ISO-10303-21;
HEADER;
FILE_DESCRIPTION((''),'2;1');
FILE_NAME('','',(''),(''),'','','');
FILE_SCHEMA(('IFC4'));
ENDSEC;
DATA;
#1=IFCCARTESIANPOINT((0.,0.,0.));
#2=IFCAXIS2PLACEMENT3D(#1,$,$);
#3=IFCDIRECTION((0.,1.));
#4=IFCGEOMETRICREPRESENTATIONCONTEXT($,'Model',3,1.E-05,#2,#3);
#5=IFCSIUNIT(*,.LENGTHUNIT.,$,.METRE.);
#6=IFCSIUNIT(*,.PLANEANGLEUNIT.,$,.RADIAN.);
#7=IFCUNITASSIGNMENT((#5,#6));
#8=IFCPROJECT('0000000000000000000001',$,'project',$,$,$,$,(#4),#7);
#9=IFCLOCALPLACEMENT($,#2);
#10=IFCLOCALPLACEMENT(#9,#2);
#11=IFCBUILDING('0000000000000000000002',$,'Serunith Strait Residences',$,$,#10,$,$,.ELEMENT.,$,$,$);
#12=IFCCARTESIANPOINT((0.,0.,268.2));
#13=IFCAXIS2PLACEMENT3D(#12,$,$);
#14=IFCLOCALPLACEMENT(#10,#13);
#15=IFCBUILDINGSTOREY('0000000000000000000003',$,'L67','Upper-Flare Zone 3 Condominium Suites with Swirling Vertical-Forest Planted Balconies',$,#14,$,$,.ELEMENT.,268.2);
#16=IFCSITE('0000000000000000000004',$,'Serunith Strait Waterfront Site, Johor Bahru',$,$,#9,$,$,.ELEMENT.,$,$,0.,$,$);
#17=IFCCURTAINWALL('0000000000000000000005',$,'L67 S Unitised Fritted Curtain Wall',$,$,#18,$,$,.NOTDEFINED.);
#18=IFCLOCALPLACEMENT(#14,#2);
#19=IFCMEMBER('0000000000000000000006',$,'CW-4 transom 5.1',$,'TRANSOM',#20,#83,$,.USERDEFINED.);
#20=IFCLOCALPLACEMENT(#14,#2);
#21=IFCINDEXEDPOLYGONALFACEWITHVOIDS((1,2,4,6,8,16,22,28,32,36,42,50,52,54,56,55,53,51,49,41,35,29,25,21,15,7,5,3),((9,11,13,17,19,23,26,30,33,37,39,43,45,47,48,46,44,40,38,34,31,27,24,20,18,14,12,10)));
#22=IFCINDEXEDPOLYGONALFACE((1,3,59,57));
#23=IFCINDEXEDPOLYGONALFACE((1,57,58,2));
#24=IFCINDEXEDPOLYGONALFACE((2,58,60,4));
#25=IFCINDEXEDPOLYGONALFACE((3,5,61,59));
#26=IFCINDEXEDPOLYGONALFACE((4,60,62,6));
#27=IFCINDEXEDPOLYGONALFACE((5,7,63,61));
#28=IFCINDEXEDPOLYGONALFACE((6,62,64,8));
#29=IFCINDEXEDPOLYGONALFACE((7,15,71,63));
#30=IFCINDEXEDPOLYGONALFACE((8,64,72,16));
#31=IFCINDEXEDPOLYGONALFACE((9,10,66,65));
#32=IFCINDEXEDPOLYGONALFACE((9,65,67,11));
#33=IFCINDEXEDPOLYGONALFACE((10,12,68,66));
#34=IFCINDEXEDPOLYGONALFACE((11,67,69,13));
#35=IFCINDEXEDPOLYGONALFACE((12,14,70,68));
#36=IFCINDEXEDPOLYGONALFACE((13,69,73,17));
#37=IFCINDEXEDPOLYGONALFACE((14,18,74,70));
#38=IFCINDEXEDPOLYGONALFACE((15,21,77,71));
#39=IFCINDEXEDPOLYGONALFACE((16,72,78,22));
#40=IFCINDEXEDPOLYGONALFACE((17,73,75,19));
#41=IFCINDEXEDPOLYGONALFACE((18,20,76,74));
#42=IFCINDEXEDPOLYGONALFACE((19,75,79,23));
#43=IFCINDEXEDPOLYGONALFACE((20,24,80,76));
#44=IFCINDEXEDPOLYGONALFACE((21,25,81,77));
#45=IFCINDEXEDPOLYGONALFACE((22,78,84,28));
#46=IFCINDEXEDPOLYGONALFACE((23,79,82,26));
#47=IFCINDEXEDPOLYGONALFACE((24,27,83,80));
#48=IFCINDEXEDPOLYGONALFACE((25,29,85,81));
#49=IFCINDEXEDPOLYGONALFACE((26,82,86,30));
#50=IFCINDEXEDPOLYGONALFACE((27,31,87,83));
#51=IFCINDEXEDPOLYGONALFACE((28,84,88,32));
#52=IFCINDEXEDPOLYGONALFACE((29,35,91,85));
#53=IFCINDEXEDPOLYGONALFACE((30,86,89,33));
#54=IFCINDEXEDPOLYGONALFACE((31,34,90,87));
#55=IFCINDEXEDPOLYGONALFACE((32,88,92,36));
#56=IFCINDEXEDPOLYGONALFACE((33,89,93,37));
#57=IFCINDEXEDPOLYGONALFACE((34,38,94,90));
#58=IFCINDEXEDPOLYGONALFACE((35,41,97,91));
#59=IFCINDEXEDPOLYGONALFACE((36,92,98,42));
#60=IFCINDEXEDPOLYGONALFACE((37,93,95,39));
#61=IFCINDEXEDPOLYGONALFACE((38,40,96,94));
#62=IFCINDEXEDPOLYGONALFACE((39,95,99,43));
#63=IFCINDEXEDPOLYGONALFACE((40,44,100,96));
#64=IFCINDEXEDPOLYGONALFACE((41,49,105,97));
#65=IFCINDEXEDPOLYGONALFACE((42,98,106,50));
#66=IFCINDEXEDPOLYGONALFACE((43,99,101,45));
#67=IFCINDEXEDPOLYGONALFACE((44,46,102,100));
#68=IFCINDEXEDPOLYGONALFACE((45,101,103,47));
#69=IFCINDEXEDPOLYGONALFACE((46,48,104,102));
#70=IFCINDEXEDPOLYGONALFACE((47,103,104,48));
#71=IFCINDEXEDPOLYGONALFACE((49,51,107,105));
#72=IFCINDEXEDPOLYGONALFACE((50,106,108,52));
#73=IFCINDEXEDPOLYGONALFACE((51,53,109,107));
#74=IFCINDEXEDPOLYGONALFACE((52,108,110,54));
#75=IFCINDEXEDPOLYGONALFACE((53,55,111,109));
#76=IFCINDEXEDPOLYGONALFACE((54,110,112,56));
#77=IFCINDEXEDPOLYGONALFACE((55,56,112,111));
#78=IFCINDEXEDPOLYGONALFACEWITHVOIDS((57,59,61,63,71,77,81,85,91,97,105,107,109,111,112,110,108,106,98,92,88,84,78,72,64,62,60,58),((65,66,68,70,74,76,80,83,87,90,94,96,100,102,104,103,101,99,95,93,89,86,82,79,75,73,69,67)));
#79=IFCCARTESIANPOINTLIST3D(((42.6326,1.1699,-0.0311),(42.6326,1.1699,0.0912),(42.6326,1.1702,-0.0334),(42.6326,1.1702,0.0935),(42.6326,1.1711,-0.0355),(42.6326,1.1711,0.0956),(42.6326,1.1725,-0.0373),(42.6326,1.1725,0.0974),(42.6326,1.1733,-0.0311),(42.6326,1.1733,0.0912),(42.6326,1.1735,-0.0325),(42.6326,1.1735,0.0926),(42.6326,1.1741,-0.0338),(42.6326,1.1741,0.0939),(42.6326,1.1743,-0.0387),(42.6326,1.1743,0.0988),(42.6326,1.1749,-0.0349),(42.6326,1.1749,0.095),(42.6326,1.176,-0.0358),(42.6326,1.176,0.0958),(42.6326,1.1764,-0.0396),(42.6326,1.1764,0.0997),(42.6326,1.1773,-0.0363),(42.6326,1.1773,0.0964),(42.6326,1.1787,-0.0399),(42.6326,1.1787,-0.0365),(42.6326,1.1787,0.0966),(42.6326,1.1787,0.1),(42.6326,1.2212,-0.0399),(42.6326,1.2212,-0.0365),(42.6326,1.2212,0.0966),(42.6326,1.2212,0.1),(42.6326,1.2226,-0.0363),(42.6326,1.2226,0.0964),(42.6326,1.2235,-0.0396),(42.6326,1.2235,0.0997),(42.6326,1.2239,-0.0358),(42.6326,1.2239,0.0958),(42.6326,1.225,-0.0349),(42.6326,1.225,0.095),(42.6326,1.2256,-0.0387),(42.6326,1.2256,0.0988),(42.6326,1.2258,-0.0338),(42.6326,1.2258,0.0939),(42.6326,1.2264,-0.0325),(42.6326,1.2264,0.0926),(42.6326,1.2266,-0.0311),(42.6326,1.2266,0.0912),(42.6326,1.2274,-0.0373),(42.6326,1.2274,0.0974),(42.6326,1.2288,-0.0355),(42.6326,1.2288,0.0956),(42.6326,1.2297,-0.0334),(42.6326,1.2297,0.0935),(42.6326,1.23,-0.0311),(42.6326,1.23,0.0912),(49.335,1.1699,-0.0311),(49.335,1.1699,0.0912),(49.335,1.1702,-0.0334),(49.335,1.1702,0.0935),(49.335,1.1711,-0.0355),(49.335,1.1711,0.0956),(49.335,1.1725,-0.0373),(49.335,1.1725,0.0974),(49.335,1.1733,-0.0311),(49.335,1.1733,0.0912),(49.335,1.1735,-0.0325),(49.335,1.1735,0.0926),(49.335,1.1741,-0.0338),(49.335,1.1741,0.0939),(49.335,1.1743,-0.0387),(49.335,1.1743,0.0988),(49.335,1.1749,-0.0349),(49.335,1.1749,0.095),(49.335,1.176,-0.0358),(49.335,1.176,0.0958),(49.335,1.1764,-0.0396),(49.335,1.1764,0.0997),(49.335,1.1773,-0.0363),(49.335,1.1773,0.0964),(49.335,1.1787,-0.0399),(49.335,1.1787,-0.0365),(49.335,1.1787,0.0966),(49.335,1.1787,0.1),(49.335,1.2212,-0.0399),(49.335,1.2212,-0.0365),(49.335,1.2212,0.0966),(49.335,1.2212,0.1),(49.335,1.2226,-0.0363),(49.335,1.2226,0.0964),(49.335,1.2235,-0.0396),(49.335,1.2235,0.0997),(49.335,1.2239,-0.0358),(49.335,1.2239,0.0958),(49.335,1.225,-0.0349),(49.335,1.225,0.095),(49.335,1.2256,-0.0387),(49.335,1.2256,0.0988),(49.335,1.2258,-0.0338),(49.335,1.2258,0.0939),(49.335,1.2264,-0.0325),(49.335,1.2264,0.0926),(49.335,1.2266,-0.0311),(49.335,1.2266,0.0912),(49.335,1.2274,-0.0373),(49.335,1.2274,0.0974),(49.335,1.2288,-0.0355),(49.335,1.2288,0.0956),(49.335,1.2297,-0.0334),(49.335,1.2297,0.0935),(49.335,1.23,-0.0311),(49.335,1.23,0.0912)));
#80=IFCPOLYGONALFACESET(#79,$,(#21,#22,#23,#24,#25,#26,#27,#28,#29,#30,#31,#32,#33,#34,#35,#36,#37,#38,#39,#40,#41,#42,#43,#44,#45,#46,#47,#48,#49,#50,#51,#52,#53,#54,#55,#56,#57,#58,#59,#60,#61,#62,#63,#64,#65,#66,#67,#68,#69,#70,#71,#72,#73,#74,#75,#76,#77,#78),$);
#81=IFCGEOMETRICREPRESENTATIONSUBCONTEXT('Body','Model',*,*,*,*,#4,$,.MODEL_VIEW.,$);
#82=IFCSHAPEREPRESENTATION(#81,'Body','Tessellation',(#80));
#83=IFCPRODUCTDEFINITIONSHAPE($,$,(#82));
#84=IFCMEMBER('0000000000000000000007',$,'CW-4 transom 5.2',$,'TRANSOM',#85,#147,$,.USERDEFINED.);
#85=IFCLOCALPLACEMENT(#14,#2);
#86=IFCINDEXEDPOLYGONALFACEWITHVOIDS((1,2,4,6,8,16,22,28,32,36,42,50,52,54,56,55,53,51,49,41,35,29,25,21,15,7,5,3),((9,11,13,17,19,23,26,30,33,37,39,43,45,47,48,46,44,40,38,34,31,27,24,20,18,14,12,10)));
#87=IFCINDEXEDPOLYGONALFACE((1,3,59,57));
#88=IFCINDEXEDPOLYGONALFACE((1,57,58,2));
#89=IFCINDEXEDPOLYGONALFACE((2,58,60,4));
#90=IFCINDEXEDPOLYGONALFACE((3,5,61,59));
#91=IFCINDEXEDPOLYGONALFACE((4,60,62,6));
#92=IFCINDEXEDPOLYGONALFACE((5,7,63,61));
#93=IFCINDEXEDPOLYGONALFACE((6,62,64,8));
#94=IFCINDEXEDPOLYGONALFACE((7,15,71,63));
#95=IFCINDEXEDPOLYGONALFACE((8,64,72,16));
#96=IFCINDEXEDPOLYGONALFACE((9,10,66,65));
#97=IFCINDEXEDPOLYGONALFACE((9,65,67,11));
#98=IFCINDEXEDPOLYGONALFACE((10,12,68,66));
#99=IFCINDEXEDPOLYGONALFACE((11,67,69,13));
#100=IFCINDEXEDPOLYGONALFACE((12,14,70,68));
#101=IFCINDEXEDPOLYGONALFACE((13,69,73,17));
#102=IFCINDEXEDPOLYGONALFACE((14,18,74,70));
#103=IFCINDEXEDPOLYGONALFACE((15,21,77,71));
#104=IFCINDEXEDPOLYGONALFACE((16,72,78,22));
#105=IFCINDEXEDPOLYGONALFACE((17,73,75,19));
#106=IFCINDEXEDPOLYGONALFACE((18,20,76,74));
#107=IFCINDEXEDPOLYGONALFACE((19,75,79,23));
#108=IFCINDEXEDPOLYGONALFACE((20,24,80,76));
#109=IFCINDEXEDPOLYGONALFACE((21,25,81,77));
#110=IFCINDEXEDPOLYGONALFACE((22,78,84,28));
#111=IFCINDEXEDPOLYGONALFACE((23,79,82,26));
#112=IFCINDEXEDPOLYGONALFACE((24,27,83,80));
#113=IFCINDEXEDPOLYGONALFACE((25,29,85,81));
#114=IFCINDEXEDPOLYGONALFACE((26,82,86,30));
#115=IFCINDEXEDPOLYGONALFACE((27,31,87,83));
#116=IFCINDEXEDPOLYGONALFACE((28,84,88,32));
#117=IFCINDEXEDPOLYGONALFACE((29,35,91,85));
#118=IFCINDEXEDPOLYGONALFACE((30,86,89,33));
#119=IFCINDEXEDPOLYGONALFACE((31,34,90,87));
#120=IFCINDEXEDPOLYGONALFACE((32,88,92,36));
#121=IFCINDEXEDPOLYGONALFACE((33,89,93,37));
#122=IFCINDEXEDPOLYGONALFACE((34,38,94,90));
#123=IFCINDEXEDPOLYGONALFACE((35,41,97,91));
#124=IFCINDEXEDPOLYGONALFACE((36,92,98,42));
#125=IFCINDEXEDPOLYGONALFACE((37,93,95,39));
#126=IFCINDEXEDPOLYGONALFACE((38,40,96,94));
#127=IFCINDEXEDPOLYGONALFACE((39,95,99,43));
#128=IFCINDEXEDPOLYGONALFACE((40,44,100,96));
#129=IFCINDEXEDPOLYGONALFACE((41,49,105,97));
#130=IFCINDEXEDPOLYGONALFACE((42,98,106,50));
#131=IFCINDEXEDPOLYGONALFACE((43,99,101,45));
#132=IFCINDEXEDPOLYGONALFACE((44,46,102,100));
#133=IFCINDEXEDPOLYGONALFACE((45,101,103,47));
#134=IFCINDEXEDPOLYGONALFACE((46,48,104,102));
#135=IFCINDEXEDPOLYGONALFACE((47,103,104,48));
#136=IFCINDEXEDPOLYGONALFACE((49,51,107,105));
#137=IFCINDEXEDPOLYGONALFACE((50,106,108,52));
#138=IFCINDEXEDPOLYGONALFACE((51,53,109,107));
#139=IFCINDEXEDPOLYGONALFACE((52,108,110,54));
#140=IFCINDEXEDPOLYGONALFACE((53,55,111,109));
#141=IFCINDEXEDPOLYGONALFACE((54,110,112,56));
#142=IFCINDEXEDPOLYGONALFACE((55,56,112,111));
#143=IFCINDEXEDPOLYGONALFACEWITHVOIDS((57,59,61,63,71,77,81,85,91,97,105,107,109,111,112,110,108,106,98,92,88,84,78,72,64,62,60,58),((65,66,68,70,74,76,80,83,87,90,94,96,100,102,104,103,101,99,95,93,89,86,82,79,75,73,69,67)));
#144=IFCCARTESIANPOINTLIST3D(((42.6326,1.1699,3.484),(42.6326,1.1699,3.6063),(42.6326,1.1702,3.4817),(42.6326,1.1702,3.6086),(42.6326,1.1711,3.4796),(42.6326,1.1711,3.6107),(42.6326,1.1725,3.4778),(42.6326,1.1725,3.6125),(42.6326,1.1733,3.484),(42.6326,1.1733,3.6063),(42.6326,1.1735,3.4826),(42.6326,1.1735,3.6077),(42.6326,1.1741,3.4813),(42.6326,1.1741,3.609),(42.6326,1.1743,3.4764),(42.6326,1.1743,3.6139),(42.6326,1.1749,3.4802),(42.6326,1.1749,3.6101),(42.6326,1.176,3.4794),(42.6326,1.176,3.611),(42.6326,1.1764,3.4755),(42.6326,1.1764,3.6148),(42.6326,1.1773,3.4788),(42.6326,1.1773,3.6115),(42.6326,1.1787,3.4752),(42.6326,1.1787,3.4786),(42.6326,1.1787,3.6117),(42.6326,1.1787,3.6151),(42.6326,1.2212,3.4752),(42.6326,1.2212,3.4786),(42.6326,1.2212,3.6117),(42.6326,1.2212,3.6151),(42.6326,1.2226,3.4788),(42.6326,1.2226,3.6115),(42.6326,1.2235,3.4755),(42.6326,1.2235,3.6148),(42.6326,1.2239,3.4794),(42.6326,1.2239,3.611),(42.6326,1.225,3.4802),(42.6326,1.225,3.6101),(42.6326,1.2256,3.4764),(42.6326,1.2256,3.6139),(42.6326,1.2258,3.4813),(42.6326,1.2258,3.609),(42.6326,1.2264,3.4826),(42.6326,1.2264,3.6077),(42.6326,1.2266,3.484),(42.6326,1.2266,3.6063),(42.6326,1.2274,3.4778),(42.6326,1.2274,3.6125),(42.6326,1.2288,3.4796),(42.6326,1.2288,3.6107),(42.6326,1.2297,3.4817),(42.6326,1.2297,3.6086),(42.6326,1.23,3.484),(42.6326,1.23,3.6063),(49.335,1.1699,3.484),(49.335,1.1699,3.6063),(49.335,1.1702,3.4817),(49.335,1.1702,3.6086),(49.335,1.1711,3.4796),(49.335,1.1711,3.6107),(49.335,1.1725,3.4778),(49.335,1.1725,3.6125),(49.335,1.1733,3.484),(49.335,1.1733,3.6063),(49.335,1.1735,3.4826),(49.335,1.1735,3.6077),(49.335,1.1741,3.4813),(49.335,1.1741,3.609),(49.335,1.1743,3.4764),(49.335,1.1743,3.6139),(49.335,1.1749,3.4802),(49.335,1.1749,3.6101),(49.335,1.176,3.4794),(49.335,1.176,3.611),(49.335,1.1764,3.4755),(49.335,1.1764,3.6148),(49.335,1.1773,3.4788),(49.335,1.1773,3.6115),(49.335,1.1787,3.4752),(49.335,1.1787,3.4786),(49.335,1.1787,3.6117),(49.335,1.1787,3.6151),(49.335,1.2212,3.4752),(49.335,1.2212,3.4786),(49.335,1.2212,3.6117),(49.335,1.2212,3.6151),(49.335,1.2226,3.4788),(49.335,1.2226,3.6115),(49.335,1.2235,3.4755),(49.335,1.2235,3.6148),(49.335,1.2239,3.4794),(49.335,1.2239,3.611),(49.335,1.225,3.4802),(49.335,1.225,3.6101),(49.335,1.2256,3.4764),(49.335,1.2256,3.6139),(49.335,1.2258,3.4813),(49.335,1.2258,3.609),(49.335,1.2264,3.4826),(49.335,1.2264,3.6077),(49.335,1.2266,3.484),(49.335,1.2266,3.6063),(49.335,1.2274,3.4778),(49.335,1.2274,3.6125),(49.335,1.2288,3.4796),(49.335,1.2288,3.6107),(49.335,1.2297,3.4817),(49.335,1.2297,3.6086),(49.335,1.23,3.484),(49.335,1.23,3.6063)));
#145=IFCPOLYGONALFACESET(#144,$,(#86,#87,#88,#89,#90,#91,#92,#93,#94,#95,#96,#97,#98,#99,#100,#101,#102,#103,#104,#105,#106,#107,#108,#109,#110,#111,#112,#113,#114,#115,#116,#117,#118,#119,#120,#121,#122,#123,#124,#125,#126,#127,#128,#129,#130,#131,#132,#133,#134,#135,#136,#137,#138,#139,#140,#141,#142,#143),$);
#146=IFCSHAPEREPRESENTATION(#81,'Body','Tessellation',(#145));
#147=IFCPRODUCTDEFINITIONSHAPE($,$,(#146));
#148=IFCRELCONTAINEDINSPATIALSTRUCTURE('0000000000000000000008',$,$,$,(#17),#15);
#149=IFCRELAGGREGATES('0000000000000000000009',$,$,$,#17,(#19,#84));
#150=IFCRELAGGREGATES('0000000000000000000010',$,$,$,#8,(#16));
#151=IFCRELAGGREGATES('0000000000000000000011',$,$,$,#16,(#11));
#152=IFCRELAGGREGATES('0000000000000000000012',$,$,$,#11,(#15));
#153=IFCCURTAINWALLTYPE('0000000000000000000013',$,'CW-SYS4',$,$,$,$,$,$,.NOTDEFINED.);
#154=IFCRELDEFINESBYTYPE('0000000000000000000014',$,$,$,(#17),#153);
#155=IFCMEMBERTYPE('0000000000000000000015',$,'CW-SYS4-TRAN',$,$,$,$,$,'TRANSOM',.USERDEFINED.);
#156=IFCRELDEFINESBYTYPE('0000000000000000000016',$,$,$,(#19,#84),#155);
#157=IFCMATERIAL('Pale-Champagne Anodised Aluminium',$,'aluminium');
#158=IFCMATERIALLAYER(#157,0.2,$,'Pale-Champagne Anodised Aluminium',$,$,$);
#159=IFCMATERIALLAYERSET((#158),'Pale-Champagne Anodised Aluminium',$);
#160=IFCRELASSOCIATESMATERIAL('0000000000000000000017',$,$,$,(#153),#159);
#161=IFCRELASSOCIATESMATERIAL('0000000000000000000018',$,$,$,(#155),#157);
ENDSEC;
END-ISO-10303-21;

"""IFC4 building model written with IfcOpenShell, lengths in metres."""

from ifc_helpers import new_model, si_unit, direction, frame, origin, origin_2d, place, context, subcontext, project, spatial, hollow_rectangle, extrude, source, transform, mapped, material, layer, layer_set, material_profile, profile_set, type_object, element, aggregate, save


model = new_model("IFC4")

# Units and contexts
model_context = context("Model", 3, precision=1e-05, world=origin(), true_north=direction((0.0, 1.0)))
body_context = subcontext(model_context, "Body", "Model", "MODEL_VIEW")
ifc_project = project(units=[si_unit("LENGTHUNIT", "METRE"), si_unit("PLANEANGLEUNIT", "RADIAN")], contexts=[model_context])

# Site, building, storey
site_placement = place(None, origin())
site = spatial("IfcSite", under=ifc_project, at=site_placement, Name="Serunith Strait Waterfront Site, Johor Bahru", CompositionType="ELEMENT", RefElevation=0.0)
building_placement = place(site_placement, origin())
building = spatial("IfcBuilding", under=site, at=building_placement, Name="Serunith Strait Residences", CompositionType="ELEMENT")
storey_placement = place(building_placement, frame((0.0, 0.0, 268.2)))
storey = spatial("IfcBuildingStorey", under=building, at=storey_placement, Name="L67", Description="Upper-Flare Zone 3 Condominium Suites with Swirling Vertical-Forest Planted Balconies", CompositionType="ELEMENT", Elevation=268.2)

# Curtain wall, members
ifc_material_1 = material(Name="Pale-Champagne Anodised Aluminium", Category="aluminium")
ifc_layer_1 = layer(ifc_material_1, 0.2, Name="Pale-Champagne Anodised Aluminium")
ifc_layer_set_1 = layer_set([ifc_layer_1], Name="Pale-Champagne Anodised Aluminium")
curtain_wall_type = type_object("IfcCurtainWallType", Name="CW-SYS4", PredefinedType="NOTDEFINED", material=ifc_layer_set_1)
curtain_wall_placement = place(storey_placement, origin())
curtain_wall = element("IfcCurtainWall", 1, at=curtain_wall_placement, inside=storey, type_object=curtain_wall_type, Name="L67 S Unitised Fritted Curtain Wall", PredefinedType="NOTDEFINED")
ifc_material_profile_1 = material_profile(ifc_material_1, hollow_rectangle(XDim=0.0601, YDim=0.1399, WallThickness=0.0034, InnerFilletRadius=0.0054, OuterFilletRadius=0.0088, at=origin_2d()), Name="ALU 140x60x3.5")
ifc_profile_set_1 = profile_set([ifc_material_profile_1], Name="Pale-Champagne Anodised Aluminium")
member_type_1 = type_object("IfcMemberType", Name="CW-SYS4-TRAN", ElementType="TRANSOM", PredefinedType="USERDEFINED", material=ifc_profile_set_1)
shared_shape_1 = source(origin(), body_context, "Body", "SweptSolid", [
    extrude(hollow_rectangle(XDim=0.0601, YDim=0.1399, WallThickness=0.0034, InnerFilletRadius=0.0054, OuterFilletRadius=0.0088, at=origin_2d()), origin(), (0.0, 0.0, 1.0), 6.7024),
])
member_1_placement = place(storey_placement, frame((42.6326, 1.2, 0.03), z_axis=(1.0, 0.0, 0.0), x_axis=(0.0, 1.0, 0.0)))
member_1 = element("IfcMember", 2, at=member_1_placement, type_object=member_type_1, Name="CW-4 transom 5.1", ObjectType="TRANSOM", PredefinedType="USERDEFINED", context=body_context, shape_type="MappedRepresentation", body=[
    mapped(shared_shape_1, transform((0.0, 0.0, 0.0), scale=1.0)),
])
member_2_placement = place(storey_placement, frame((42.6326, 1.2, 3.5452), z_axis=(1.0, 0.0, 0.0), x_axis=(0.0, 1.0, 0.0)))
member_2 = element("IfcMember", 3, at=member_2_placement, type_object=member_type_1, Name="CW-4 transom 5.2", ObjectType="TRANSOM", PredefinedType="USERDEFINED", context=body_context, shape_type="MappedRepresentation", body=[
    mapped(shared_shape_1, transform((0.0, 0.0, 0.0), scale=1.0)),
])
aggregate(curtain_wall, [member_1, member_2])

save(model, "model.ifc")
